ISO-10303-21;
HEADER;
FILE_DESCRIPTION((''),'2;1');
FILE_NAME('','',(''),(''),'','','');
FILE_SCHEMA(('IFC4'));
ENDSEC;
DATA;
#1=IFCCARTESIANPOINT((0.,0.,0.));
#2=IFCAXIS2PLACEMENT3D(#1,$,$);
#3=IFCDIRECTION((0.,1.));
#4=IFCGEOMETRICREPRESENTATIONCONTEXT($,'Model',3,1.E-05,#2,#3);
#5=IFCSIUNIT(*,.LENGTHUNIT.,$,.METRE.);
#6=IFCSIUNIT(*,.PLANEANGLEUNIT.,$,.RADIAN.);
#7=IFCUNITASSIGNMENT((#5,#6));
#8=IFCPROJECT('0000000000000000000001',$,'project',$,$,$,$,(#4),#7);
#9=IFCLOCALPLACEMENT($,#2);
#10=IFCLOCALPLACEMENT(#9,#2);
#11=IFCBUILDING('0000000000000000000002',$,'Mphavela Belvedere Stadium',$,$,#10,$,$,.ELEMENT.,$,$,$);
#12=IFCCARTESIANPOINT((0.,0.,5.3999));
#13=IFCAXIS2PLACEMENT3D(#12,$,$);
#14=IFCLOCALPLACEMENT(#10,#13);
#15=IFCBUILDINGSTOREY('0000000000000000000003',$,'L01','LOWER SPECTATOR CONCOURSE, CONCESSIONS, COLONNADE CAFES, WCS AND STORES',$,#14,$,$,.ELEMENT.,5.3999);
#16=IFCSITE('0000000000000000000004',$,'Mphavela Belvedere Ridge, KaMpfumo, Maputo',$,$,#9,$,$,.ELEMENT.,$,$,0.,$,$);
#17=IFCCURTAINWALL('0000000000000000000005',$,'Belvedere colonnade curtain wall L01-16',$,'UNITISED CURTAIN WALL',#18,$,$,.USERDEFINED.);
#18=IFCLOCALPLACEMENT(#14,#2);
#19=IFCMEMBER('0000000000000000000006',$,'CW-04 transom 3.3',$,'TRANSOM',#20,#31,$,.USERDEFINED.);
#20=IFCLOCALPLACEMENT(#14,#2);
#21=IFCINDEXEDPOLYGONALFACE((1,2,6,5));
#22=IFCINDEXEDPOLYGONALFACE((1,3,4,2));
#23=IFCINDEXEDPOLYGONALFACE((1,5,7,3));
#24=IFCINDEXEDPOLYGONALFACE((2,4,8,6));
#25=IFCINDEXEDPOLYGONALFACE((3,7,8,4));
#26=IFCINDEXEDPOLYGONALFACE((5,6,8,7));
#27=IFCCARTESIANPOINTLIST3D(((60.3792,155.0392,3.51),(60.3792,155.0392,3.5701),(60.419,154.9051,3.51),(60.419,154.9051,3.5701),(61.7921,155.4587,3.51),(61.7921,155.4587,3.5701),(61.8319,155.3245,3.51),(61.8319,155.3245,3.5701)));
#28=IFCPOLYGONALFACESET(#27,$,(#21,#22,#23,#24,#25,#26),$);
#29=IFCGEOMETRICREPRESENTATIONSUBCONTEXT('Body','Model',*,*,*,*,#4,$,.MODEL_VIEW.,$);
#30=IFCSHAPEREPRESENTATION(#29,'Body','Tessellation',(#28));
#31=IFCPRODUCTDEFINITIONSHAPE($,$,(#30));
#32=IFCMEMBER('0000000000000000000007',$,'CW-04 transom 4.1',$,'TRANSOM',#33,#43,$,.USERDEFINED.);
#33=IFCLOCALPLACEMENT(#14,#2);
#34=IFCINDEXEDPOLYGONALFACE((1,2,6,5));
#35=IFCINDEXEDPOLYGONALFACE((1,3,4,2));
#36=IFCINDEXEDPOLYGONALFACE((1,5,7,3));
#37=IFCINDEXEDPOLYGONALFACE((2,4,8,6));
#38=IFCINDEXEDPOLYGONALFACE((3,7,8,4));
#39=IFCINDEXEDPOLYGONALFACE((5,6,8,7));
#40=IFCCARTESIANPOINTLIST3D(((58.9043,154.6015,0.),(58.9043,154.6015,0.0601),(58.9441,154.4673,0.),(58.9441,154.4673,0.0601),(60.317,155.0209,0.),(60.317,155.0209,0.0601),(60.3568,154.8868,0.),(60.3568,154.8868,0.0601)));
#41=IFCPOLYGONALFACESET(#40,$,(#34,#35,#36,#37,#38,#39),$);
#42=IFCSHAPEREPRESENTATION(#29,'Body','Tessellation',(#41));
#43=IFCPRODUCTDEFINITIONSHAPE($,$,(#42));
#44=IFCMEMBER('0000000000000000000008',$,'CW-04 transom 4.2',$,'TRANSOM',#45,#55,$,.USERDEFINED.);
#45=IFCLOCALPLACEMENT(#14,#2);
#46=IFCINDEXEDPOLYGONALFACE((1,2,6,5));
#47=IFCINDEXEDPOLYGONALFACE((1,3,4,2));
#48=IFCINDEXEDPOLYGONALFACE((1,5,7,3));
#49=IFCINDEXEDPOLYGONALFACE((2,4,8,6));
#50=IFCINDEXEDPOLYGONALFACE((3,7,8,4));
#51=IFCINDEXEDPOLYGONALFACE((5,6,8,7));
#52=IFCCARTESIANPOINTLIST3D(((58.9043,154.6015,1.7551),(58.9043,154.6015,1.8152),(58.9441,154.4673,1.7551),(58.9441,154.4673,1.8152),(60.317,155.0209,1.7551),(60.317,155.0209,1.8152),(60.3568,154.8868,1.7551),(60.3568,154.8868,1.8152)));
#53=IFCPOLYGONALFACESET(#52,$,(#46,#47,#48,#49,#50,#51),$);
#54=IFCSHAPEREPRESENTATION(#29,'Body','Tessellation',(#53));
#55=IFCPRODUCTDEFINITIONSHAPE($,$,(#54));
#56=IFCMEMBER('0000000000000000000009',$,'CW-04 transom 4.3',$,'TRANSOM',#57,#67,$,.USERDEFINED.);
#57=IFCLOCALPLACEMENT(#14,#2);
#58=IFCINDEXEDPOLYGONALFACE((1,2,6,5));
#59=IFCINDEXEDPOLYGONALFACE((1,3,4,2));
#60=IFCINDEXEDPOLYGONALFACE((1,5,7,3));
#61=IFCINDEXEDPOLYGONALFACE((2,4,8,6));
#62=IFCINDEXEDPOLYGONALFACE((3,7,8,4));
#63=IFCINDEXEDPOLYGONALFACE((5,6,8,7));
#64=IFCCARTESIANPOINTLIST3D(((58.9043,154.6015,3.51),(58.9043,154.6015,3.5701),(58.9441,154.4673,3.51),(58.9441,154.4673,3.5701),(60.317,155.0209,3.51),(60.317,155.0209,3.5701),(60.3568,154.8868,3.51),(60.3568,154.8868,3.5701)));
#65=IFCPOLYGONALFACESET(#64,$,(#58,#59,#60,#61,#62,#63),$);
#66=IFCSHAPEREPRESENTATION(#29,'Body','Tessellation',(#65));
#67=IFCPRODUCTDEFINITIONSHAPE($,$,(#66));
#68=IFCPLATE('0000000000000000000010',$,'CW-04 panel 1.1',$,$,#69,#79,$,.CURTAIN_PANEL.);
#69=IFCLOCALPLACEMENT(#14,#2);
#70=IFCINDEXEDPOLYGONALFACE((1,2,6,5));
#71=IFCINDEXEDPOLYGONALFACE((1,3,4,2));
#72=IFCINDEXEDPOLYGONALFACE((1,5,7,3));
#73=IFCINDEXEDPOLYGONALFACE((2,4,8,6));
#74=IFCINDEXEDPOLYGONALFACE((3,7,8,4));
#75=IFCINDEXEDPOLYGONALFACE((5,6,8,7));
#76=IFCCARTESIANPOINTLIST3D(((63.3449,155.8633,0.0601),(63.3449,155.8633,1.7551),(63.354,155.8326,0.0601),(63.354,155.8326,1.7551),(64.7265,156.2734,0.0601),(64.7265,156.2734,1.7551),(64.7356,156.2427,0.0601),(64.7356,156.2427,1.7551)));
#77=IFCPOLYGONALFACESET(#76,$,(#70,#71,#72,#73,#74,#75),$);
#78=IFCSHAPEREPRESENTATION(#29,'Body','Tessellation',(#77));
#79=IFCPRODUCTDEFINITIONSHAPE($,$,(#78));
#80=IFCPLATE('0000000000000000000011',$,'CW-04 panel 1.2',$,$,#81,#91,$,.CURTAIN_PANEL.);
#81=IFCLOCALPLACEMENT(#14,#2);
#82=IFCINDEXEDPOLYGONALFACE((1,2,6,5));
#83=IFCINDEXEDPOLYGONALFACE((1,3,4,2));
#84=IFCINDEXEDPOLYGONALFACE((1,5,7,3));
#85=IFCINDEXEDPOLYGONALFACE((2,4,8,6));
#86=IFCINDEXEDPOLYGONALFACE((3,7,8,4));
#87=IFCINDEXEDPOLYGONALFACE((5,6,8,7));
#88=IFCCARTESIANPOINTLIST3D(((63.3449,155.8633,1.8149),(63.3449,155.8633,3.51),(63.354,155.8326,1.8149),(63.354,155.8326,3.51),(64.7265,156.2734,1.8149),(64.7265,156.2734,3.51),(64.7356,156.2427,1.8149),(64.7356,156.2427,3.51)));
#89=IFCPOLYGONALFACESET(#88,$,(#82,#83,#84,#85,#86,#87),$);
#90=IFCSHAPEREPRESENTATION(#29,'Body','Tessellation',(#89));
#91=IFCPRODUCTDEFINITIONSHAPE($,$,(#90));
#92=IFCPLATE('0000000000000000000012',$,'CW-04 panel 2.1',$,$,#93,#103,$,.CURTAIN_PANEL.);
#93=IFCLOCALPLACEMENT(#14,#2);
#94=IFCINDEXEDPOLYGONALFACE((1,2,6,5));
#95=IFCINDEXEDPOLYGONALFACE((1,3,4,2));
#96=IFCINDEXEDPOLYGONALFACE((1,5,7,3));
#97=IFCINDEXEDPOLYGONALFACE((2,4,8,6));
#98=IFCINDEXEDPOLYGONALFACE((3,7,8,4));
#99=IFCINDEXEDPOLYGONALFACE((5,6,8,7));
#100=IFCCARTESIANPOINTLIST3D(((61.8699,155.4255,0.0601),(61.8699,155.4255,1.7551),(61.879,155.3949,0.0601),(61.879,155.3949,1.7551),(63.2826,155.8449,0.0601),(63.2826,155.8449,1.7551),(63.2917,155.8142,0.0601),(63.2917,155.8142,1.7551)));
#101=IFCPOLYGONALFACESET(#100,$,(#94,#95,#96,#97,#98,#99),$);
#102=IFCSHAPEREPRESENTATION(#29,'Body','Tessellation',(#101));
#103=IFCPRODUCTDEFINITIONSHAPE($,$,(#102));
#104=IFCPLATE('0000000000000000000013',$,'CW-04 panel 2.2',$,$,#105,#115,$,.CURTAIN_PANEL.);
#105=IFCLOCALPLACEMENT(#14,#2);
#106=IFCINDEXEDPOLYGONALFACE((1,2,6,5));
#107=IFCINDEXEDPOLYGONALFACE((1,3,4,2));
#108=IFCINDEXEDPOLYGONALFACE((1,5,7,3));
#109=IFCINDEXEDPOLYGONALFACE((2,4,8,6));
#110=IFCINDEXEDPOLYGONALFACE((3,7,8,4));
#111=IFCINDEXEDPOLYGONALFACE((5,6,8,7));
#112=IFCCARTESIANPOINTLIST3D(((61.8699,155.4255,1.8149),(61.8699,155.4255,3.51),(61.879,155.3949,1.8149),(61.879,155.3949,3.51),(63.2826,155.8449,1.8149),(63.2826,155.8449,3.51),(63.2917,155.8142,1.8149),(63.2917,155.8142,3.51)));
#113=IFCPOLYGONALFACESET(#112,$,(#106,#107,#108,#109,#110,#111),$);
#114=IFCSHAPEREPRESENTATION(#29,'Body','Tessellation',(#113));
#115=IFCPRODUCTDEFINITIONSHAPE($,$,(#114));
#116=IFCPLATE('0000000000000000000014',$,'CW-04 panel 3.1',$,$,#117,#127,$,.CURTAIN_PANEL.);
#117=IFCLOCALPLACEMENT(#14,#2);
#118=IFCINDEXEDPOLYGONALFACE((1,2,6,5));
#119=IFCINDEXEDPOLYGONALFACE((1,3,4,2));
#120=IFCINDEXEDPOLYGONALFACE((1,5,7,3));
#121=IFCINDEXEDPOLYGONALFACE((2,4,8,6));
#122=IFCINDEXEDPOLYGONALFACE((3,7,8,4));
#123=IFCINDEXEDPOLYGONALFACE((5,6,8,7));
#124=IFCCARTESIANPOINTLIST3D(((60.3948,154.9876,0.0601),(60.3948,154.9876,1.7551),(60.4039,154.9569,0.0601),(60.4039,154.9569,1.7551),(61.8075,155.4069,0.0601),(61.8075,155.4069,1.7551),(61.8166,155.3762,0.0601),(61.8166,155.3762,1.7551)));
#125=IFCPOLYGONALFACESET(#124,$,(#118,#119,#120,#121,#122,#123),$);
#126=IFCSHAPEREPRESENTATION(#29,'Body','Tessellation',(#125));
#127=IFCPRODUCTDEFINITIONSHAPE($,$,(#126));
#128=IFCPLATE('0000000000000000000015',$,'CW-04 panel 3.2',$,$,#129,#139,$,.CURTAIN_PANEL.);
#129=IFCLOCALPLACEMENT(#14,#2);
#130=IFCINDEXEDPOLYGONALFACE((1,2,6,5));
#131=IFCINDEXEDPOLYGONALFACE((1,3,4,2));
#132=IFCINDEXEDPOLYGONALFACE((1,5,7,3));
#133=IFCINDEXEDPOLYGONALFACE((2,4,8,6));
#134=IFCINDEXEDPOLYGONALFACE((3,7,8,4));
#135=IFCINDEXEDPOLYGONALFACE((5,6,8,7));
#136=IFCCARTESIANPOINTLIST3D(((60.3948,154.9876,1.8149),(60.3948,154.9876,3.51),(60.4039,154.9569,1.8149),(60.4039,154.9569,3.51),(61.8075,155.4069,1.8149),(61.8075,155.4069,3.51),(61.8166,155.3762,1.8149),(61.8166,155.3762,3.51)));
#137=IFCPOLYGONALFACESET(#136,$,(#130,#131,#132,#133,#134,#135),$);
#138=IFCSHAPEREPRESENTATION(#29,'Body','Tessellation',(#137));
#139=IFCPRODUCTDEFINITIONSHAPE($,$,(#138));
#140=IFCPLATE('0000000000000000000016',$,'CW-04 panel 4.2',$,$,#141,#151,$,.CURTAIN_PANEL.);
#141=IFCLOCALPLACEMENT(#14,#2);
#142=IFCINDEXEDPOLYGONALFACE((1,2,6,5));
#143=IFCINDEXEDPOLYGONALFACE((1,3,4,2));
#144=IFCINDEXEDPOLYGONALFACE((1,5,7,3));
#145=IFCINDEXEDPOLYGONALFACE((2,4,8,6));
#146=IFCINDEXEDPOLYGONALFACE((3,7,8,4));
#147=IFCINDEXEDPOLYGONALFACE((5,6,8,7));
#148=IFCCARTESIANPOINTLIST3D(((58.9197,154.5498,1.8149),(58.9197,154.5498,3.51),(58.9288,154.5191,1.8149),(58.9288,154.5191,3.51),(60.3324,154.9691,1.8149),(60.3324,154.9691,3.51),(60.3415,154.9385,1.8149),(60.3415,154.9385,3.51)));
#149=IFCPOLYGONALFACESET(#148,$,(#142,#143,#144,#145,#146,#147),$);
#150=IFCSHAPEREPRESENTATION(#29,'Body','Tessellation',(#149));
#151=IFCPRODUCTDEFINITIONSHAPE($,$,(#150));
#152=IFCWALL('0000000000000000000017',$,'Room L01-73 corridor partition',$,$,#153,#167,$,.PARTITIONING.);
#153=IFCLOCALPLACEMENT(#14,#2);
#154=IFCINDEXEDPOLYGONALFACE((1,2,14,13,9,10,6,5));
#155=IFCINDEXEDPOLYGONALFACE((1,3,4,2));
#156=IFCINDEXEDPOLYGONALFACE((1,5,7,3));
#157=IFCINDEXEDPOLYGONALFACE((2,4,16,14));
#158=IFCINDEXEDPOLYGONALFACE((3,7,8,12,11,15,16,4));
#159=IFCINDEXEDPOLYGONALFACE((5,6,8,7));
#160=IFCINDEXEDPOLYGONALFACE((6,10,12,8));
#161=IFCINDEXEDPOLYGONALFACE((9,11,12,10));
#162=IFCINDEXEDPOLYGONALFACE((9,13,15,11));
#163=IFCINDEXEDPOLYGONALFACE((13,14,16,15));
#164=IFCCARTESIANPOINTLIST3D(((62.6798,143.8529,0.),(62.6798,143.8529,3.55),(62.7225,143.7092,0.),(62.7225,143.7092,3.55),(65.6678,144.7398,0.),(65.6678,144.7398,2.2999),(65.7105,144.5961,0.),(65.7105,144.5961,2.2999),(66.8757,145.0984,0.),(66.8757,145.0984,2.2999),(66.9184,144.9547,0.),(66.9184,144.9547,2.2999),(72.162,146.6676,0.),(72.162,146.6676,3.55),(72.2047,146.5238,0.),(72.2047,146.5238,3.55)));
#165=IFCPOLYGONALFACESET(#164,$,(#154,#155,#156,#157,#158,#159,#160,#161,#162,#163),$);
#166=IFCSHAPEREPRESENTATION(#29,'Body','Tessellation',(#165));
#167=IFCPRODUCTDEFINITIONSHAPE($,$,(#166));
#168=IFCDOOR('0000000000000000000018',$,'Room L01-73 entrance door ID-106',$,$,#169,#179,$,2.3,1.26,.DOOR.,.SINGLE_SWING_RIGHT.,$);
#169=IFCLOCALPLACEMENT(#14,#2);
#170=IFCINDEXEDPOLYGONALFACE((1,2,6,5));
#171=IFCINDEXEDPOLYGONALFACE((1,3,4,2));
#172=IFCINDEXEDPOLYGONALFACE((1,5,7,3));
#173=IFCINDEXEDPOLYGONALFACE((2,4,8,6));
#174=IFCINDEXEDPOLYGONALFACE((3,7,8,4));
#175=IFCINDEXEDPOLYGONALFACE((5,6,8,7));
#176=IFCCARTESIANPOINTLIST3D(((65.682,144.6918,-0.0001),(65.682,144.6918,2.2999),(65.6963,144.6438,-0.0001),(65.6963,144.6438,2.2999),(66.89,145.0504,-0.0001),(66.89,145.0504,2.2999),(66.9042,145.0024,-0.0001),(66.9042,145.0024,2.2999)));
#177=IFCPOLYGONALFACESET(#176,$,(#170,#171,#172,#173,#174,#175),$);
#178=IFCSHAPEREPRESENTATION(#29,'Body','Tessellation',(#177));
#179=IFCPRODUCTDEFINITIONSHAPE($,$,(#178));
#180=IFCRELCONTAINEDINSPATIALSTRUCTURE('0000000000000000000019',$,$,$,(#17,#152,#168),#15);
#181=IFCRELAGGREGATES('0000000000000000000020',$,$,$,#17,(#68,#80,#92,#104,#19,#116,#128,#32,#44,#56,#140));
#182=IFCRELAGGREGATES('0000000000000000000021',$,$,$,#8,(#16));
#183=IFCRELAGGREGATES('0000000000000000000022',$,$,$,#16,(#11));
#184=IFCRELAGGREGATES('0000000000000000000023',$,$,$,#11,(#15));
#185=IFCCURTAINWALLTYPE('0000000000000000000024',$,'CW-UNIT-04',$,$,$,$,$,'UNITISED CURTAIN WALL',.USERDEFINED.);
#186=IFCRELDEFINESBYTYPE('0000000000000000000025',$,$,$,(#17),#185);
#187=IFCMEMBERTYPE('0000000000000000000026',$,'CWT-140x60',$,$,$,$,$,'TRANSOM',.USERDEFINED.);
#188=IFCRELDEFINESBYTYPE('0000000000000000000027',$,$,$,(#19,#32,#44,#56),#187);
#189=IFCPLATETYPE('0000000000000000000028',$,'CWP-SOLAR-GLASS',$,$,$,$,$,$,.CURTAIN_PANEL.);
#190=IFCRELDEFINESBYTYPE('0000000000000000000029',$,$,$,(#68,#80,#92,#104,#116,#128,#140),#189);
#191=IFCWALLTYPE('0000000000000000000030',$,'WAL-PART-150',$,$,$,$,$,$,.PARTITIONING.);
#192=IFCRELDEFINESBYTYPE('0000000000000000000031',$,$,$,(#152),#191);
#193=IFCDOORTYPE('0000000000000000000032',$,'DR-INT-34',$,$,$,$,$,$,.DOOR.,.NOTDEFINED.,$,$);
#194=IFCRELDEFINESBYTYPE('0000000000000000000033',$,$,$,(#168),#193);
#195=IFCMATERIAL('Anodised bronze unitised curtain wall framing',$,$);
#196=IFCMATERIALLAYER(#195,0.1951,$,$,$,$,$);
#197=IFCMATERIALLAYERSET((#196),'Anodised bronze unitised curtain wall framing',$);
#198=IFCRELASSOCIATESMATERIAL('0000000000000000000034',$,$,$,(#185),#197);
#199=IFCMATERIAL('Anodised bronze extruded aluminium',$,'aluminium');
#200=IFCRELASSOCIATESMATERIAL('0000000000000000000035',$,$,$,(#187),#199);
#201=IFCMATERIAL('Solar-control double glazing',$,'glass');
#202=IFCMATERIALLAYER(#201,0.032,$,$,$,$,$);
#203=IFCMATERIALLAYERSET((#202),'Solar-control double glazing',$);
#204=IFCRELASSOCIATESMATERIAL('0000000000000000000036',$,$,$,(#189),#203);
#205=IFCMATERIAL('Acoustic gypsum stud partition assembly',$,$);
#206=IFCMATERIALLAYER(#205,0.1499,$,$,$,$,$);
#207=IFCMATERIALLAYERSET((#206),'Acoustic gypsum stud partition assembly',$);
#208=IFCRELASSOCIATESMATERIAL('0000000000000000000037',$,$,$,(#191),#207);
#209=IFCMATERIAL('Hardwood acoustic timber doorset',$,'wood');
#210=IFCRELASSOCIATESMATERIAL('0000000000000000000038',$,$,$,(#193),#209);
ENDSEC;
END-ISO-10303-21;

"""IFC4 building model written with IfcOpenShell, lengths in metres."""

from ifc_helpers import new_model, si_unit, direction, frame, frame_2d, origin, origin_2d, place, context, subcontext, project, spatial, rectangle, extrude, material, layer, layer_set, material_profile, profile_set, type_object, element, fill, aggregate, save


model = new_model("IFC4")

# Units and contexts
model_context = context("Model", 3, precision=1e-05, world=origin(), true_north=direction((0.0, 1.0)))
body_context = subcontext(model_context, "Body", "Model", "MODEL_VIEW")
ifc_project = project(units=[si_unit("LENGTHUNIT", "METRE"), si_unit("PLANEANGLEUNIT", "RADIAN")], contexts=[model_context])

# Site, building, storey
site_placement = place(None, origin())
site = spatial("IfcSite", under=ifc_project, at=site_placement, Name="Mphavela Belvedere Ridge, KaMpfumo, Maputo", CompositionType="ELEMENT", RefElevation=0.0)
building_placement = place(site_placement, origin())
building = spatial("IfcBuilding", under=site, at=building_placement, Name="Mphavela Belvedere Stadium", CompositionType="ELEMENT")
storey_placement = place(building_placement, frame((0.0, 0.0, 5.3999)))
storey = spatial("IfcBuildingStorey", under=building, at=storey_placement, Name="L01", Description="LOWER SPECTATOR CONCOURSE, CONCESSIONS, COLONNADE CAFES, WCS AND STORES", CompositionType="ELEMENT", Elevation=5.3999)

# Curtain wall, members, plates
ifc_material_1 = material(Name="Anodised bronze unitised curtain wall framing")
ifc_layer_1 = layer(ifc_material_1, 0.1951)
ifc_layer_set_1 = layer_set([ifc_layer_1], Name="Anodised bronze unitised curtain wall framing")
curtain_wall_type = type_object("IfcCurtainWallType", Name="CW-UNIT-04", ElementType="UNITISED CURTAIN WALL", PredefinedType="USERDEFINED", material=ifc_layer_set_1)
curtain_wall_placement = place(storey_placement, origin())
curtain_wall = element("IfcCurtainWall", 1, at=curtain_wall_placement, inside=storey, type_object=curtain_wall_type, Name="Belvedere colonnade curtain wall L01-16", ObjectType="UNITISED CURTAIN WALL", PredefinedType="USERDEFINED")
ifc_material_2 = material(Name="Anodised bronze extruded aluminium", Category="aluminium")
ifc_material_profile_1 = material_profile(ifc_material_2, rectangle(XDim=0.1399, YDim=0.0601, at=origin_2d()), Name="CW-TRN 140x60")
ifc_profile_set_1 = profile_set([ifc_material_profile_1], Name="Anodised bronze extruded aluminium")
member_type_1 = type_object("IfcMemberType", Name="CWT-140x60", ElementType="TRANSOM", PredefinedType="USERDEFINED", material=ifc_profile_set_1)
member_1_placement = place(storey_placement, frame((61.812, 155.3916, 3.54), z_axis=(-0.958648, -0.284596, 0.0), x_axis=(0.284596, -0.958648, 0.0)))
member_1 = element("IfcMember", 2, at=member_1_placement, type_object=member_type_1, Name="CW-04 transom 3.3", ObjectType="TRANSOM", PredefinedType="USERDEFINED", context=body_context, shape_type="SweptSolid", body=[
    extrude(rectangle(XDim=0.1399, YDim=0.0601, at=origin_2d()), origin(), (0.0, 0.0, 1.0), 1.4739),
])
member_2_placement = place(storey_placement, frame((60.3369, 154.9539, 0.03), z_axis=(-0.958634, -0.284641, 0.0), x_axis=(0.284641, -0.958634, 0.0)))
member_2 = element("IfcMember", 3, at=member_2_placement, type_object=member_type_1, Name="CW-04 transom 4.1", ObjectType="TRANSOM", PredefinedType="USERDEFINED", context=body_context, shape_type="SweptSolid", body=[
    extrude(rectangle(XDim=0.1399, YDim=0.0601, at=origin_2d()), origin(), (0.0, 0.0, 1.0), 1.4736),
])
member_3_placement = place(storey_placement, frame((60.3369, 154.9539, 1.7852), z_axis=(-0.958634, -0.284641, 0.0), x_axis=(0.284641, -0.958634, 0.0)))
member_3 = element("IfcMember", 4, at=member_3_placement, type_object=member_type_1, Name="CW-04 transom 4.2", ObjectType="TRANSOM", PredefinedType="USERDEFINED", context=body_context, shape_type="SweptSolid", body=[
    extrude(rectangle(XDim=0.1399, YDim=0.0601, at=origin_2d()), origin(), (0.0, 0.0, 1.0), 1.4736),
])
member_4_placement = place(storey_placement, frame((60.3369, 154.9539, 3.54), z_axis=(-0.958634, -0.284641, 0.0), x_axis=(0.284641, -0.958634, 0.0)))
member_4 = element("IfcMember", 5, at=member_4_placement, type_object=member_type_1, Name="CW-04 transom 4.3", ObjectType="TRANSOM", PredefinedType="USERDEFINED", context=body_context, shape_type="SweptSolid", body=[
    extrude(rectangle(XDim=0.1399, YDim=0.0601, at=origin_2d()), origin(), (0.0, 0.0, 1.0), 1.4736),
])
ifc_material_3 = material(Name="Solar-control double glazing", Category="glass")
ifc_layer_2 = layer(ifc_material_3, 0.032)
ifc_layer_set_2 = layer_set([ifc_layer_2], Name="Solar-control double glazing")
plate_type = type_object("IfcPlateType", Name="CWP-SOLAR-GLASS", PredefinedType="CURTAIN_PANEL", material=ifc_layer_set_2)
plate_1_placement = place(storey_placement, frame((64.0403, 156.053, 0.0601), z_axis=(0.0, 0.0, 1.0), x_axis=(-0.958661, -0.284551, 0.0)))
plate_1 = element("IfcPlate", 6, at=plate_1_placement, type_object=plate_type, Name="CW-04 panel 1.1", PredefinedType="CURTAIN_PANEL", context=body_context, shape_type="SweptSolid", body=[
    extrude(rectangle(XDim=1.4412, YDim=0.032, at=origin_2d()), origin(), (0.0, 0.0, 1.0), 1.6951),
])
plate_2_placement = place(storey_placement, frame((64.0403, 156.053, 1.8149), z_axis=(0.0, 0.0, 1.0), x_axis=(-0.958661, -0.284551, 0.0)))
plate_2 = element("IfcPlate", 7, at=plate_2_placement, type_object=plate_type, Name="CW-04 panel 1.2", PredefinedType="CURTAIN_PANEL", context=body_context, shape_type="SweptSolid", body=[
    extrude(rectangle(XDim=1.4412, YDim=0.032, at=origin_2d()), origin(), (0.0, 0.0, 1.0), 1.6951),
])
plate_3_placement = place(storey_placement, frame((62.5808, 155.6199, 0.0601), z_axis=(0.0, 0.0, 1.0), x_axis=(-0.958661, -0.284551, 0.0)))
plate_3 = element("IfcPlate", 8, at=plate_3_placement, type_object=plate_type, Name="CW-04 panel 2.1", PredefinedType="CURTAIN_PANEL", context=body_context, shape_type="SweptSolid", body=[
    extrude(rectangle(XDim=1.4736, YDim=0.032, at=origin_2d()), origin(), (0.0, 0.0, 1.0), 1.6951),
])
plate_4_placement = place(storey_placement, frame((62.5808, 155.6199, 1.8149), z_axis=(0.0, 0.0, 1.0), x_axis=(-0.958661, -0.284551, 0.0)))
plate_4 = element("IfcPlate", 9, at=plate_4_placement, type_object=plate_type, Name="CW-04 panel 2.2", PredefinedType="CURTAIN_PANEL", context=body_context, shape_type="SweptSolid", body=[
    extrude(rectangle(XDim=1.4736, YDim=0.032, at=origin_2d()), origin(), (0.0, 0.0, 1.0), 1.6951),
])
plate_5_placement = place(storey_placement, frame((61.1057, 155.1819, 0.0601), z_axis=(0.0, 0.0, 1.0), x_axis=(-0.958661, -0.284551, 0.0)))
plate_5 = element("IfcPlate", 10, at=plate_5_placement, type_object=plate_type, Name="CW-04 panel 3.1", PredefinedType="CURTAIN_PANEL", context=body_context, shape_type="SweptSolid", body=[
    extrude(rectangle(XDim=1.4736, YDim=0.032, at=origin_2d()), origin(), (0.0, 0.0, 1.0), 1.6951),
])
plate_6_placement = place(storey_placement, frame((61.1057, 155.1819, 1.8149), z_axis=(0.0, 0.0, 1.0), x_axis=(-0.958661, -0.284551, 0.0)))
plate_6 = element("IfcPlate", 11, at=plate_6_placement, type_object=plate_type, Name="CW-04 panel 3.2", PredefinedType="CURTAIN_PANEL", context=body_context, shape_type="SweptSolid", body=[
    extrude(rectangle(XDim=1.4736, YDim=0.032, at=origin_2d()), origin(), (0.0, 0.0, 1.0), 1.6951),
])
plate_7_placement = place(storey_placement, frame((59.6306, 154.7441, 1.8149), z_axis=(0.0, 0.0, 1.0), x_axis=(-0.958661, -0.284551, 0.0)))
plate_7 = element("IfcPlate", 12, at=plate_7_placement, type_object=plate_type, Name="CW-04 panel 4.2", PredefinedType="CURTAIN_PANEL", context=body_context, shape_type="SweptSolid", body=[
    extrude(rectangle(XDim=1.4736, YDim=0.032, at=origin_2d()), origin(), (0.0, 0.0, 1.0), 1.6951),
])
aggregate(curtain_wall, [plate_1, plate_2, plate_3, plate_4, member_1, plate_5, plate_6, member_2, member_3, member_4, plate_7])

# Wall, opening, door
ifc_material_4 = material(Name="Acoustic gypsum stud partition assembly")
ifc_layer_3 = layer(ifc_material_4, 0.1499)
ifc_layer_set_3 = layer_set([ifc_layer_3], Name="Acoustic gypsum stud partition assembly")
wall_type = type_object("IfcWallType", Name="WAL-PART-150", PredefinedType="PARTITIONING", material=ifc_layer_set_3)
wall_placement = place(storey_placement, frame((62.7012, 143.781, 0.0), z_axis=(0.0, 0.0, 1.0), x_axis=(0.958656, 0.284568, 0.0)))
wall = element("IfcWall", 13, at=wall_placement, inside=storey, type_object=wall_type, Name="Room L01-73 corridor partition", PredefinedType="PARTITIONING", context=body_context, shape_type="SweptSolid", body=[
    extrude(rectangle(XDim=9.8911, YDim=0.1499, at=frame_2d((4.9456, 0.0))), origin(), (0.0, 0.0, 1.0), 3.55),
])
opening_placement = place(wall_placement, frame((3.1169, 0.0, 0.0)))
opening = element("IfcOpeningElement", 14, at=opening_placement, cuts=wall, PredefinedType="OPENING", context=body_context, shape_type="SweptSolid", body=[
    extrude(rectangle(XDim=1.26, YDim=2.3, at=frame_2d((0.6299, 1.1499))), frame((0.0, 0.085, 0.0), z_axis=(0.0, -1.0, 0.0), x_axis=(1.0, 0.0, 0.0)), (0.0, 0.0, 1.0), 0.1699),
])
ifc_material_5 = material(Name="Hardwood acoustic timber doorset", Category="wood")
door_type = type_object("IfcDoorType", Name="DR-INT-34", OperationType="NOTDEFINED", PredefinedType="DOOR", material=ifc_material_5)
door_placement = place(opening_placement, origin())
door = element("IfcDoor", 15, at=door_placement, inside=storey, type_object=door_type, Name="Room L01-73 entrance door ID-106", OperationType="SINGLE_SWING_RIGHT", OverallHeight=2.3, OverallWidth=1.26, PredefinedType="DOOR", context=body_context, shape_type="SweptSolid", body=[
    extrude(rectangle(XDim=1.26, YDim=2.3, at=frame_2d((0.6299, 1.1499))), frame((0.0, 0.0249, 0.0), z_axis=(0.0, -1.0, 0.0), x_axis=(1.0, 0.0, 0.0)), (0.0, 0.0, 1.0), 0.05),
])
fill(opening, door)

save(model, "model.ifc")
